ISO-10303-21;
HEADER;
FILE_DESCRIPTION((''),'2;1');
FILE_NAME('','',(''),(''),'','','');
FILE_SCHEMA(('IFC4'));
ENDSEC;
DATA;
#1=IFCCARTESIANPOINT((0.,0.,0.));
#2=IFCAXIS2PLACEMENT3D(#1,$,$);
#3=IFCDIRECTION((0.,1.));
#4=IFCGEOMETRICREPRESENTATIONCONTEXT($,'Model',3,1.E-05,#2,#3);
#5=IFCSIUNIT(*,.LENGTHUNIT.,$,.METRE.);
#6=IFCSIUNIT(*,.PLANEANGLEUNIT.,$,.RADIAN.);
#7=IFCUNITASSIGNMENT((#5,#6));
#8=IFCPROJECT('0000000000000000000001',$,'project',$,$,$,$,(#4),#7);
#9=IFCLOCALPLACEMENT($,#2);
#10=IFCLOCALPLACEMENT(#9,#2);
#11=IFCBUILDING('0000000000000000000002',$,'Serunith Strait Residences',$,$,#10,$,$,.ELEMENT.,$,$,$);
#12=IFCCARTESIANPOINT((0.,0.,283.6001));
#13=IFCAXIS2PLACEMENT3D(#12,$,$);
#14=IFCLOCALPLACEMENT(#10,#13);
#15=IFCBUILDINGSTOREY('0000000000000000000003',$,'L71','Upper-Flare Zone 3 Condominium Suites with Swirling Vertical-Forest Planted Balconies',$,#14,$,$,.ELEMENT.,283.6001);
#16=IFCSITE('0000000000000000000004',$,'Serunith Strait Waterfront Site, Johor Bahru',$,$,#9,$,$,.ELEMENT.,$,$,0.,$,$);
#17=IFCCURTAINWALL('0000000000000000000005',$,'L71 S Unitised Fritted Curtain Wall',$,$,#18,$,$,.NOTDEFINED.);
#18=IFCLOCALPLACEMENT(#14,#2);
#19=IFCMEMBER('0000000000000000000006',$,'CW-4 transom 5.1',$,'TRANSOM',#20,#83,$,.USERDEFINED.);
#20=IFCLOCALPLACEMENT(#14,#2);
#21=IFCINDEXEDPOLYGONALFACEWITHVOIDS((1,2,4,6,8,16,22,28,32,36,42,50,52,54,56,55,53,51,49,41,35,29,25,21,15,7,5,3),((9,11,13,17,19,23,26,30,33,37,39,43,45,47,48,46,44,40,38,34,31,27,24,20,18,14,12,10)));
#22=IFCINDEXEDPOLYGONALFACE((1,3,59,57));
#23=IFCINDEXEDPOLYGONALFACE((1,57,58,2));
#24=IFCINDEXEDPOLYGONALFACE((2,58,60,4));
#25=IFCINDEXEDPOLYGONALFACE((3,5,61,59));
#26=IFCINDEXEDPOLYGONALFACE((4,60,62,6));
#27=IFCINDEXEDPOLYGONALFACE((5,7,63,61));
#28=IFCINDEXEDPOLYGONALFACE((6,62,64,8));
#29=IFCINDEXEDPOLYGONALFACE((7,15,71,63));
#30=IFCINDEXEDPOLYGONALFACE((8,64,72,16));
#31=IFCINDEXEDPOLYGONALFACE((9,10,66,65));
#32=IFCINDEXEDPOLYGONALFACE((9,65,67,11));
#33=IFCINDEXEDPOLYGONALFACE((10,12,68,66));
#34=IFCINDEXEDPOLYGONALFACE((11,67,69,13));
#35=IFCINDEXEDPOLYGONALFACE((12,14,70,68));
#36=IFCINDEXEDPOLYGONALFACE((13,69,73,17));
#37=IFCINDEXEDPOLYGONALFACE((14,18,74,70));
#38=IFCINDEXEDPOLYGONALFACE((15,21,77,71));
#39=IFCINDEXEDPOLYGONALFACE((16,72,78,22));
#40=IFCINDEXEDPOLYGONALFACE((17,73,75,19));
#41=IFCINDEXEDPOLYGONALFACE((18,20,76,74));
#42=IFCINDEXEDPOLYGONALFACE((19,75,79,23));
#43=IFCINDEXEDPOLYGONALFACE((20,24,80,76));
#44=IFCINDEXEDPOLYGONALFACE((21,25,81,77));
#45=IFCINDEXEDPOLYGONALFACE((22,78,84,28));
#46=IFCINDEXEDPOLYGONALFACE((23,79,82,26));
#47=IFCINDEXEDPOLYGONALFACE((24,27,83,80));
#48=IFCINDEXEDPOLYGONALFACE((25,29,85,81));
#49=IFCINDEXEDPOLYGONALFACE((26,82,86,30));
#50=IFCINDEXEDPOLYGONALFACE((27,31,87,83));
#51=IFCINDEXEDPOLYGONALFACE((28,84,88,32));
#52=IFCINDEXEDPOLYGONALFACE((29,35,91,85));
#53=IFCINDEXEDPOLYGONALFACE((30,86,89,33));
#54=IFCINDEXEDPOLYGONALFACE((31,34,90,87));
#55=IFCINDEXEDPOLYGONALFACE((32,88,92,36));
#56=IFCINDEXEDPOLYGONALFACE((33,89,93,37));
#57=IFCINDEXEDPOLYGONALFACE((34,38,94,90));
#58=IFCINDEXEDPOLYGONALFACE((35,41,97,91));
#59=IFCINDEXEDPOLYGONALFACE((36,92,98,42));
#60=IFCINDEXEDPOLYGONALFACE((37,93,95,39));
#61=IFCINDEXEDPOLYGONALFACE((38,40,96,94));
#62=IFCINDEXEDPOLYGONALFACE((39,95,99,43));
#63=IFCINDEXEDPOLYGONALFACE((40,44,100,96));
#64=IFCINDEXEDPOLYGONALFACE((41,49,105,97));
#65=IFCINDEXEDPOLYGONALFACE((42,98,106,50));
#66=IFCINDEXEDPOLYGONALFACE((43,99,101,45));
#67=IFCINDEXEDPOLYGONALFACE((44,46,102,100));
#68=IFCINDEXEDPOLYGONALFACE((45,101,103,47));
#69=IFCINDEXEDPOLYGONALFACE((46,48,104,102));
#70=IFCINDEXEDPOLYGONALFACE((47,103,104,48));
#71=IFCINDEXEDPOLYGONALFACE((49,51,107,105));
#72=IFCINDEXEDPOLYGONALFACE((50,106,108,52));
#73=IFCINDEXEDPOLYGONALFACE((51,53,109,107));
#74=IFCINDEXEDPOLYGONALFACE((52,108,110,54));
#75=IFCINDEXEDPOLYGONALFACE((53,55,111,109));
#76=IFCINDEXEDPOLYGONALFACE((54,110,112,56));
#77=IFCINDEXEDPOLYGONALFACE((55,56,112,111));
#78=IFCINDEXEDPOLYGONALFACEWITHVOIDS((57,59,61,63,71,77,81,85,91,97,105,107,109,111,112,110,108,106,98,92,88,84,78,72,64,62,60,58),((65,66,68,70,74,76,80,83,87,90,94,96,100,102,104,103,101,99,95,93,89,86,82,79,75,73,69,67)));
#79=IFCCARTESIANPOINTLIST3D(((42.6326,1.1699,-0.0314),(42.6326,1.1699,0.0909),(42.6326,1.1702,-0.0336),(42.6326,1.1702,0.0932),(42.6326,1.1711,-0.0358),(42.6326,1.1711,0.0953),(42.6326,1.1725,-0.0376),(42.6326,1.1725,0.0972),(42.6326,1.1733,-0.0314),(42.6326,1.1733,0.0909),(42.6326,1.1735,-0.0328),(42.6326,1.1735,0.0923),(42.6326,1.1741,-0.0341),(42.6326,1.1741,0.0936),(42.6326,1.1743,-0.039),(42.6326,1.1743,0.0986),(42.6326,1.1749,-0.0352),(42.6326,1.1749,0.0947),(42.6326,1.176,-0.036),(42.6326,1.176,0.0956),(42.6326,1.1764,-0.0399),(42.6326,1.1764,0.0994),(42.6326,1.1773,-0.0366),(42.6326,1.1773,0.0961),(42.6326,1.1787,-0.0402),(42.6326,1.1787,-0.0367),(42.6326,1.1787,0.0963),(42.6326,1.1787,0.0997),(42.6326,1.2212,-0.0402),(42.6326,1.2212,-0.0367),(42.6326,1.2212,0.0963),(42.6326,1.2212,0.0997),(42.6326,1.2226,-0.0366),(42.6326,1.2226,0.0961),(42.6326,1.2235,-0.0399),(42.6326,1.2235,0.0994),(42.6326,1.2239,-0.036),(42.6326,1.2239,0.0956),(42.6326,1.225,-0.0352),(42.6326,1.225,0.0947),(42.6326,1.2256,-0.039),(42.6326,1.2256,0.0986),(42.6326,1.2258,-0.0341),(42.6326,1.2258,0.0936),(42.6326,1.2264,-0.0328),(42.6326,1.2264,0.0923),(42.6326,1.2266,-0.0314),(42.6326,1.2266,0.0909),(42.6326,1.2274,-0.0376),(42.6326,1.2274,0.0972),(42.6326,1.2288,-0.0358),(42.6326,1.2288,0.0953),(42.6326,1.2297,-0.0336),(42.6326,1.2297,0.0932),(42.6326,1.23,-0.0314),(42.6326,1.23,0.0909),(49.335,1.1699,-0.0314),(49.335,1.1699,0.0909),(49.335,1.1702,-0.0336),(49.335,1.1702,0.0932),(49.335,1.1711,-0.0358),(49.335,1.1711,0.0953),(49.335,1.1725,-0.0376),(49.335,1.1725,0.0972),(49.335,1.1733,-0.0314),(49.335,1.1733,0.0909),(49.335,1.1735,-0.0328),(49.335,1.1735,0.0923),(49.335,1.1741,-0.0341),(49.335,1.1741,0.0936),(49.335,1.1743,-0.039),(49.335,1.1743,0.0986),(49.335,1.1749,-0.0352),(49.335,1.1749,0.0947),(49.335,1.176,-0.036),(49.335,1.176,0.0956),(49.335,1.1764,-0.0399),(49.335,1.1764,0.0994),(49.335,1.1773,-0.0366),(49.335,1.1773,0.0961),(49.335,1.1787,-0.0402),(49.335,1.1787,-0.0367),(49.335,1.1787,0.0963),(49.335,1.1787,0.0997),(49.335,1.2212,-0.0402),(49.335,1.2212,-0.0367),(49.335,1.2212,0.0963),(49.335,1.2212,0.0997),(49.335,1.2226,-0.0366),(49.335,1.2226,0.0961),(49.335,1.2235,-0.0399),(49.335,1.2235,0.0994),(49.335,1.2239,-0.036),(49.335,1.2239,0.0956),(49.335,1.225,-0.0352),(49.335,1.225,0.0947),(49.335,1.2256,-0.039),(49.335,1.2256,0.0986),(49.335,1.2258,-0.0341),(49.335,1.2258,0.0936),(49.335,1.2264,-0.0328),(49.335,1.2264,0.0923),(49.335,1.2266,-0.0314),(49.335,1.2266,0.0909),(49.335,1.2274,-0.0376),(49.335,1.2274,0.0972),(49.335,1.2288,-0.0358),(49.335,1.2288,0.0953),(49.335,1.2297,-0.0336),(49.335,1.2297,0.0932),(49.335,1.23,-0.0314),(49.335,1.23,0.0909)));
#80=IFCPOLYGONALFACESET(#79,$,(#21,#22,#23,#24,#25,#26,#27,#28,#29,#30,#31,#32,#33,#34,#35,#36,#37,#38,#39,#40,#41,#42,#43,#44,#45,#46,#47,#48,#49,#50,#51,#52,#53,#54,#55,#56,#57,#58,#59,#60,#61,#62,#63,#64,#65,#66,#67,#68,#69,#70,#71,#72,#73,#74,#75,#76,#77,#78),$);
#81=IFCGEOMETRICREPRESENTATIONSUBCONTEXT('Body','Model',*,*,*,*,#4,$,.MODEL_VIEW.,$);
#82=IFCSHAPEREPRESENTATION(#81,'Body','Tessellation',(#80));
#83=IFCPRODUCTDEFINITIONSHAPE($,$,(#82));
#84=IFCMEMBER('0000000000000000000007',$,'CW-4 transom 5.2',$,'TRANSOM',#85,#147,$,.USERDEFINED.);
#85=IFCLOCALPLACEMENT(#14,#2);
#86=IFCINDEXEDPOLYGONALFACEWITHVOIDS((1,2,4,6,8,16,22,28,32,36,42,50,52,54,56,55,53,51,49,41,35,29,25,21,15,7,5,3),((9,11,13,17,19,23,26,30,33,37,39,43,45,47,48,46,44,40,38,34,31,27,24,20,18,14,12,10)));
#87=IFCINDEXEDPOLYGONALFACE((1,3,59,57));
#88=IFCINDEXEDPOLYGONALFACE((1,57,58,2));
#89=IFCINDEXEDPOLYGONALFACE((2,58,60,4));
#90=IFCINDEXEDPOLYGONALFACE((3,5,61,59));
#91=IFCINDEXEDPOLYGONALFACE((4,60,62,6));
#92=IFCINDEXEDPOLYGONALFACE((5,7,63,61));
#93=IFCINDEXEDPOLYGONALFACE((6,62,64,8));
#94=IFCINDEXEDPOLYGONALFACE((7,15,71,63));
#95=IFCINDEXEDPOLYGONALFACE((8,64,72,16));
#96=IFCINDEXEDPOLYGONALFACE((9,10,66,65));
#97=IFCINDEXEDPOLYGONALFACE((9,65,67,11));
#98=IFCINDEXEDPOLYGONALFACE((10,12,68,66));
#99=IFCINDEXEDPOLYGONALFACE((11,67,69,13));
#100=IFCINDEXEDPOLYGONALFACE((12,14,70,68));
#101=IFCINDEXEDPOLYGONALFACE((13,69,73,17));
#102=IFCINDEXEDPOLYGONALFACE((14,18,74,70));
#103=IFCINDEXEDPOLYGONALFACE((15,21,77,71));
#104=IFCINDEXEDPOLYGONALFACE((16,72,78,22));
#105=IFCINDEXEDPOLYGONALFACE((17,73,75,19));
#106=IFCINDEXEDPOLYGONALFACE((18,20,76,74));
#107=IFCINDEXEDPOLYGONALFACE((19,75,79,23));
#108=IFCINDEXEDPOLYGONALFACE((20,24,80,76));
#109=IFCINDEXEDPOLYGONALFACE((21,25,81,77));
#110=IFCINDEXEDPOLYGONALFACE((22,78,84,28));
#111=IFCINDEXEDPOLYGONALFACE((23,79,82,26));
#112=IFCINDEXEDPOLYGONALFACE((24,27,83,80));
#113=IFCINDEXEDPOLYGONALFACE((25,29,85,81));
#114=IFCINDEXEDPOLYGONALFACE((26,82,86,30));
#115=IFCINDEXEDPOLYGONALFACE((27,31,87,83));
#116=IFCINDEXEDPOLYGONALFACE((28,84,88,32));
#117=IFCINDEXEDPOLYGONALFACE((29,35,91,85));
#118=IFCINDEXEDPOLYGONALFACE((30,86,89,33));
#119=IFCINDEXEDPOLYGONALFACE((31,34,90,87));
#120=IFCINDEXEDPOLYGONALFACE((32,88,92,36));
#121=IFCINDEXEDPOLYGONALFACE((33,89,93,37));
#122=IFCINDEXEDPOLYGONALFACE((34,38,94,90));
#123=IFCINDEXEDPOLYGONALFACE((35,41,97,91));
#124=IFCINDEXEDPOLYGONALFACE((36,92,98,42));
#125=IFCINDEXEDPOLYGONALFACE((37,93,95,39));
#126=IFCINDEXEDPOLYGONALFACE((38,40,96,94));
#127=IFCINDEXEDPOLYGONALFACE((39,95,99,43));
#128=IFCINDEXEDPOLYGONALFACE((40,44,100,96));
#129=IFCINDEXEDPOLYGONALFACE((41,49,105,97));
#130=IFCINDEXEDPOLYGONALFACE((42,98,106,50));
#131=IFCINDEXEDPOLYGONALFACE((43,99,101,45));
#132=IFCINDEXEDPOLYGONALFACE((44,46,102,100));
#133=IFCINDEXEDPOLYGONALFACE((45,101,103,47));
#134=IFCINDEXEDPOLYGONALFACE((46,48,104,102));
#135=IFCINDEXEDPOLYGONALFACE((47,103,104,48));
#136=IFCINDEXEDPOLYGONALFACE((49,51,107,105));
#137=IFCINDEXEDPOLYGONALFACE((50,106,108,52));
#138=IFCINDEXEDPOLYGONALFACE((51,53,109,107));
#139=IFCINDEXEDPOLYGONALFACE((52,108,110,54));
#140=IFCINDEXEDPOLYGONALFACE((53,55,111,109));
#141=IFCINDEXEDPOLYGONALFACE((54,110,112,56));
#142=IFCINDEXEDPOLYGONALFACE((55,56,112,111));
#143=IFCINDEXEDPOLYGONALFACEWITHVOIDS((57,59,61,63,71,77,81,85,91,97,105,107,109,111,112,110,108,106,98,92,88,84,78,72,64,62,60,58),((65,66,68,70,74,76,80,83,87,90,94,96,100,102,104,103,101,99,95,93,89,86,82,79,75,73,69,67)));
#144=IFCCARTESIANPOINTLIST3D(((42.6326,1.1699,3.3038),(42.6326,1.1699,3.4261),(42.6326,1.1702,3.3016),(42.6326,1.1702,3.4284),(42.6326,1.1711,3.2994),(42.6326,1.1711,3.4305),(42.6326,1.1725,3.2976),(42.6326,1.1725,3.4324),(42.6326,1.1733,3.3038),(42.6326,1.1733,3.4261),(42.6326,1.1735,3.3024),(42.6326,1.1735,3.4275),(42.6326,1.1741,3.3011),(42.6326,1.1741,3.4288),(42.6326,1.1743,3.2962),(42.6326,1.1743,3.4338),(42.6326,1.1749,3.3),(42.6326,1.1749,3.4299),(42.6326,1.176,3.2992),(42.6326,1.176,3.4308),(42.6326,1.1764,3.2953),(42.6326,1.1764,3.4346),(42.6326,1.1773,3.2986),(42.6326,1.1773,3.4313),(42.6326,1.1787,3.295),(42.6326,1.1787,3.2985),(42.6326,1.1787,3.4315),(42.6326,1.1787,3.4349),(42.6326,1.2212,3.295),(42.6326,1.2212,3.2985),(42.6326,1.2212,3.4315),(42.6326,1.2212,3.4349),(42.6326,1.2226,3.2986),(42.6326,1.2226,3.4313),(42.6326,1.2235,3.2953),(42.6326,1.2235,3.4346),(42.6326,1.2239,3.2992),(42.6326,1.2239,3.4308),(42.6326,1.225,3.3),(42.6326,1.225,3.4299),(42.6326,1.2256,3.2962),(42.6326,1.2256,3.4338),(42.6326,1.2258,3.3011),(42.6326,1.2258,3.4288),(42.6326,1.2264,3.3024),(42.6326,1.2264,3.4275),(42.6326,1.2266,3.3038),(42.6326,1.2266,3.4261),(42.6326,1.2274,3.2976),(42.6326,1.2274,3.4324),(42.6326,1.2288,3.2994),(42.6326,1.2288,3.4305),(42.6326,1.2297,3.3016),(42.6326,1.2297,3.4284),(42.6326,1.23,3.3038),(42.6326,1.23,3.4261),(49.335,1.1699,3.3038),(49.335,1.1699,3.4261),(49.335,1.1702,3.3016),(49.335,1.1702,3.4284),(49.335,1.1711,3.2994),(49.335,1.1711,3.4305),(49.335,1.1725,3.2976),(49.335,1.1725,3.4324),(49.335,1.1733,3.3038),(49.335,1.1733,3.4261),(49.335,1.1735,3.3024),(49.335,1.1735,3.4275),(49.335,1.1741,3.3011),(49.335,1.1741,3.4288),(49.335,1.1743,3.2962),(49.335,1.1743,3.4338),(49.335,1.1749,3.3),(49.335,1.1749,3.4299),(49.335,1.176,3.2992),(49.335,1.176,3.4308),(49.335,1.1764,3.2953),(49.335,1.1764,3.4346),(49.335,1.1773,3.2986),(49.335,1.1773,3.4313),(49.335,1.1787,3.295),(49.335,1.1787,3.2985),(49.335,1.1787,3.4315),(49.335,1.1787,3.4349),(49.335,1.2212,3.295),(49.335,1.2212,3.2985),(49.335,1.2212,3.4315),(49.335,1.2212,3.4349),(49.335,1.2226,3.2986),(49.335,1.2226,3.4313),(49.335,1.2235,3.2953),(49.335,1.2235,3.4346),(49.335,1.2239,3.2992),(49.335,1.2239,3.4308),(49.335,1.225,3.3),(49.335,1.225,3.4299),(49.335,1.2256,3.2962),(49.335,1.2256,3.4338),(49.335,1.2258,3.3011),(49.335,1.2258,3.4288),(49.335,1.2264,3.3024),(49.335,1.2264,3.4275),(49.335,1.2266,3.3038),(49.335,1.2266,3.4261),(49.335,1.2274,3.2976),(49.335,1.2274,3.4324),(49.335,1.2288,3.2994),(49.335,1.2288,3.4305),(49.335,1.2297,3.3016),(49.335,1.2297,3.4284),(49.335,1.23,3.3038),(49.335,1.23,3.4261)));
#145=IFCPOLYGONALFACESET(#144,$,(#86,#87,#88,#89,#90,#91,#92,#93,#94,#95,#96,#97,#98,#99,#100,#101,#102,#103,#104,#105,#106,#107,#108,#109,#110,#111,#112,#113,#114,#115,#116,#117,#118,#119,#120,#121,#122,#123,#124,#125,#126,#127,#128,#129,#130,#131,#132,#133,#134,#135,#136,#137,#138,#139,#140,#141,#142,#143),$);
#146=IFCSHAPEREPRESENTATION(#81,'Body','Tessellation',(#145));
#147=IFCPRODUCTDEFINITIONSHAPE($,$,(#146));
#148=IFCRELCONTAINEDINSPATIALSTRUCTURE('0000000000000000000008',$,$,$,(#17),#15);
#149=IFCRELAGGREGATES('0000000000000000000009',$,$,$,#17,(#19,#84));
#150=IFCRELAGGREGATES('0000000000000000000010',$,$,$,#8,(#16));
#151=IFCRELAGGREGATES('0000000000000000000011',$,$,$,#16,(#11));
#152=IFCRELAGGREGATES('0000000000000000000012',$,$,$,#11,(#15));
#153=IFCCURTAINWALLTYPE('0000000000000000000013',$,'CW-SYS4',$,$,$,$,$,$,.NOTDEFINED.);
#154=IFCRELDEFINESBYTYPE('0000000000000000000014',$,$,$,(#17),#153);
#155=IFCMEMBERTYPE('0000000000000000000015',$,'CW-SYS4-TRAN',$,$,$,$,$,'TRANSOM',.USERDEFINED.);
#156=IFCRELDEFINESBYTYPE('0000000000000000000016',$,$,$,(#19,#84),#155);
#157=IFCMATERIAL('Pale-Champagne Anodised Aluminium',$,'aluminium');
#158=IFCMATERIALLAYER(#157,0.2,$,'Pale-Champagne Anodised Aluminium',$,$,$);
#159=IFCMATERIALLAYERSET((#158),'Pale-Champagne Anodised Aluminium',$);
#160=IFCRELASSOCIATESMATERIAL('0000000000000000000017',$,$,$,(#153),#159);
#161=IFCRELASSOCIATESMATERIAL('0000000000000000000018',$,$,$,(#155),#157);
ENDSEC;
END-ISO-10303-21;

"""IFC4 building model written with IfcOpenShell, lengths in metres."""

from ifc_helpers import new_model, si_unit, direction, frame, origin, origin_2d, place, context, subcontext, project, spatial, hollow_rectangle, extrude, source, transform, mapped, material, layer, layer_set, material_profile, profile_set, type_object, element, aggregate, save


model = new_model("IFC4")

# Units and contexts
model_context = context("Model", 3, precision=1e-05, world=origin(), true_north=direction((0.0, 1.0)))
body_context = subcontext(model_context, "Body", "Model", "MODEL_VIEW")
ifc_project = project(units=[si_unit("LENGTHUNIT", "METRE"), si_unit("PLANEANGLEUNIT", "RADIAN")], contexts=[model_context])

# Site, building, storey
site_placement = place(None, origin())
site = spatial("IfcSite", under=ifc_project, at=site_placement, Name="Serunith Strait Waterfront Site, Johor Bahru", CompositionType="ELEMENT", RefElevation=0.0)
building_placement = place(site_placement, origin())
building = spatial("IfcBuilding", under=site, at=building_placement, Name="Serunith Strait Residences", CompositionType="ELEMENT")
storey_placement = place(building_placement, frame((0.0, 0.0, 283.6001)))
storey = spatial("IfcBuildingStorey", under=building, at=storey_placement, Name="L71", Description="Upper-Flare Zone 3 Condominium Suites with Swirling Vertical-Forest Planted Balconies", CompositionType="ELEMENT", Elevation=283.6001)

# Curtain wall, members
ifc_material_1 = material(Name="Pale-Champagne Anodised Aluminium", Category="aluminium")
ifc_layer_1 = layer(ifc_material_1, 0.2, Name="Pale-Champagne Anodised Aluminium")
ifc_layer_set_1 = layer_set([ifc_layer_1], Name="Pale-Champagne Anodised Aluminium")
curtain_wall_type = type_object("IfcCurtainWallType", Name="CW-SYS4", PredefinedType="NOTDEFINED", material=ifc_layer_set_1)
curtain_wall_placement = place(storey_placement, origin())
curtain_wall = element("IfcCurtainWall", 1, at=curtain_wall_placement, inside=storey, type_object=curtain_wall_type, Name="L71 S Unitised Fritted Curtain Wall", PredefinedType="NOTDEFINED")
ifc_material_profile_1 = material_profile(ifc_material_1, hollow_rectangle(XDim=0.0601, YDim=0.1399, WallThickness=0.0034, InnerFilletRadius=0.0054, OuterFilletRadius=0.0088, at=origin_2d()), Name="ALU 140x60x3.5")
ifc_profile_set_1 = profile_set([ifc_material_profile_1], Name="Pale-Champagne Anodised Aluminium")
member_type_1 = type_object("IfcMemberType", Name="CW-SYS4-TRAN", ElementType="TRANSOM", PredefinedType="USERDEFINED", material=ifc_profile_set_1)
shared_shape_1 = source(origin(), body_context, "Body", "SweptSolid", [
    extrude(hollow_rectangle(XDim=0.0601, YDim=0.1399, WallThickness=0.0034, InnerFilletRadius=0.0054, OuterFilletRadius=0.0088, at=origin_2d()), origin(), (0.0, 0.0, 1.0), 6.7024),
])
member_1_placement = place(storey_placement, frame((42.6326, 1.2, 0.0298), z_axis=(1.0, 0.0, 0.0), x_axis=(0.0, 1.0, 0.0)))
member_1 = element("IfcMember", 2, at=member_1_placement, type_object=member_type_1, Name="CW-4 transom 5.1", ObjectType="TRANSOM", PredefinedType="USERDEFINED", context=body_context, shape_type="MappedRepresentation", body=[
    mapped(shared_shape_1, transform((0.0, 0.0, 0.0), scale=1.0)),
])
member_2_placement = place(storey_placement, frame((42.6326, 1.2, 3.365), z_axis=(1.0, 0.0, 0.0), x_axis=(0.0, 1.0, 0.0)))
member_2 = element("IfcMember", 3, at=member_2_placement, type_object=member_type_1, Name="CW-4 transom 5.2", ObjectType="TRANSOM", PredefinedType="USERDEFINED", context=body_context, shape_type="MappedRepresentation", body=[
    mapped(shared_shape_1, transform((0.0, 0.0, 0.0), scale=1.0)),
])
aggregate(curtain_wall, [member_1, member_2])

save(model, "model.ifc")
